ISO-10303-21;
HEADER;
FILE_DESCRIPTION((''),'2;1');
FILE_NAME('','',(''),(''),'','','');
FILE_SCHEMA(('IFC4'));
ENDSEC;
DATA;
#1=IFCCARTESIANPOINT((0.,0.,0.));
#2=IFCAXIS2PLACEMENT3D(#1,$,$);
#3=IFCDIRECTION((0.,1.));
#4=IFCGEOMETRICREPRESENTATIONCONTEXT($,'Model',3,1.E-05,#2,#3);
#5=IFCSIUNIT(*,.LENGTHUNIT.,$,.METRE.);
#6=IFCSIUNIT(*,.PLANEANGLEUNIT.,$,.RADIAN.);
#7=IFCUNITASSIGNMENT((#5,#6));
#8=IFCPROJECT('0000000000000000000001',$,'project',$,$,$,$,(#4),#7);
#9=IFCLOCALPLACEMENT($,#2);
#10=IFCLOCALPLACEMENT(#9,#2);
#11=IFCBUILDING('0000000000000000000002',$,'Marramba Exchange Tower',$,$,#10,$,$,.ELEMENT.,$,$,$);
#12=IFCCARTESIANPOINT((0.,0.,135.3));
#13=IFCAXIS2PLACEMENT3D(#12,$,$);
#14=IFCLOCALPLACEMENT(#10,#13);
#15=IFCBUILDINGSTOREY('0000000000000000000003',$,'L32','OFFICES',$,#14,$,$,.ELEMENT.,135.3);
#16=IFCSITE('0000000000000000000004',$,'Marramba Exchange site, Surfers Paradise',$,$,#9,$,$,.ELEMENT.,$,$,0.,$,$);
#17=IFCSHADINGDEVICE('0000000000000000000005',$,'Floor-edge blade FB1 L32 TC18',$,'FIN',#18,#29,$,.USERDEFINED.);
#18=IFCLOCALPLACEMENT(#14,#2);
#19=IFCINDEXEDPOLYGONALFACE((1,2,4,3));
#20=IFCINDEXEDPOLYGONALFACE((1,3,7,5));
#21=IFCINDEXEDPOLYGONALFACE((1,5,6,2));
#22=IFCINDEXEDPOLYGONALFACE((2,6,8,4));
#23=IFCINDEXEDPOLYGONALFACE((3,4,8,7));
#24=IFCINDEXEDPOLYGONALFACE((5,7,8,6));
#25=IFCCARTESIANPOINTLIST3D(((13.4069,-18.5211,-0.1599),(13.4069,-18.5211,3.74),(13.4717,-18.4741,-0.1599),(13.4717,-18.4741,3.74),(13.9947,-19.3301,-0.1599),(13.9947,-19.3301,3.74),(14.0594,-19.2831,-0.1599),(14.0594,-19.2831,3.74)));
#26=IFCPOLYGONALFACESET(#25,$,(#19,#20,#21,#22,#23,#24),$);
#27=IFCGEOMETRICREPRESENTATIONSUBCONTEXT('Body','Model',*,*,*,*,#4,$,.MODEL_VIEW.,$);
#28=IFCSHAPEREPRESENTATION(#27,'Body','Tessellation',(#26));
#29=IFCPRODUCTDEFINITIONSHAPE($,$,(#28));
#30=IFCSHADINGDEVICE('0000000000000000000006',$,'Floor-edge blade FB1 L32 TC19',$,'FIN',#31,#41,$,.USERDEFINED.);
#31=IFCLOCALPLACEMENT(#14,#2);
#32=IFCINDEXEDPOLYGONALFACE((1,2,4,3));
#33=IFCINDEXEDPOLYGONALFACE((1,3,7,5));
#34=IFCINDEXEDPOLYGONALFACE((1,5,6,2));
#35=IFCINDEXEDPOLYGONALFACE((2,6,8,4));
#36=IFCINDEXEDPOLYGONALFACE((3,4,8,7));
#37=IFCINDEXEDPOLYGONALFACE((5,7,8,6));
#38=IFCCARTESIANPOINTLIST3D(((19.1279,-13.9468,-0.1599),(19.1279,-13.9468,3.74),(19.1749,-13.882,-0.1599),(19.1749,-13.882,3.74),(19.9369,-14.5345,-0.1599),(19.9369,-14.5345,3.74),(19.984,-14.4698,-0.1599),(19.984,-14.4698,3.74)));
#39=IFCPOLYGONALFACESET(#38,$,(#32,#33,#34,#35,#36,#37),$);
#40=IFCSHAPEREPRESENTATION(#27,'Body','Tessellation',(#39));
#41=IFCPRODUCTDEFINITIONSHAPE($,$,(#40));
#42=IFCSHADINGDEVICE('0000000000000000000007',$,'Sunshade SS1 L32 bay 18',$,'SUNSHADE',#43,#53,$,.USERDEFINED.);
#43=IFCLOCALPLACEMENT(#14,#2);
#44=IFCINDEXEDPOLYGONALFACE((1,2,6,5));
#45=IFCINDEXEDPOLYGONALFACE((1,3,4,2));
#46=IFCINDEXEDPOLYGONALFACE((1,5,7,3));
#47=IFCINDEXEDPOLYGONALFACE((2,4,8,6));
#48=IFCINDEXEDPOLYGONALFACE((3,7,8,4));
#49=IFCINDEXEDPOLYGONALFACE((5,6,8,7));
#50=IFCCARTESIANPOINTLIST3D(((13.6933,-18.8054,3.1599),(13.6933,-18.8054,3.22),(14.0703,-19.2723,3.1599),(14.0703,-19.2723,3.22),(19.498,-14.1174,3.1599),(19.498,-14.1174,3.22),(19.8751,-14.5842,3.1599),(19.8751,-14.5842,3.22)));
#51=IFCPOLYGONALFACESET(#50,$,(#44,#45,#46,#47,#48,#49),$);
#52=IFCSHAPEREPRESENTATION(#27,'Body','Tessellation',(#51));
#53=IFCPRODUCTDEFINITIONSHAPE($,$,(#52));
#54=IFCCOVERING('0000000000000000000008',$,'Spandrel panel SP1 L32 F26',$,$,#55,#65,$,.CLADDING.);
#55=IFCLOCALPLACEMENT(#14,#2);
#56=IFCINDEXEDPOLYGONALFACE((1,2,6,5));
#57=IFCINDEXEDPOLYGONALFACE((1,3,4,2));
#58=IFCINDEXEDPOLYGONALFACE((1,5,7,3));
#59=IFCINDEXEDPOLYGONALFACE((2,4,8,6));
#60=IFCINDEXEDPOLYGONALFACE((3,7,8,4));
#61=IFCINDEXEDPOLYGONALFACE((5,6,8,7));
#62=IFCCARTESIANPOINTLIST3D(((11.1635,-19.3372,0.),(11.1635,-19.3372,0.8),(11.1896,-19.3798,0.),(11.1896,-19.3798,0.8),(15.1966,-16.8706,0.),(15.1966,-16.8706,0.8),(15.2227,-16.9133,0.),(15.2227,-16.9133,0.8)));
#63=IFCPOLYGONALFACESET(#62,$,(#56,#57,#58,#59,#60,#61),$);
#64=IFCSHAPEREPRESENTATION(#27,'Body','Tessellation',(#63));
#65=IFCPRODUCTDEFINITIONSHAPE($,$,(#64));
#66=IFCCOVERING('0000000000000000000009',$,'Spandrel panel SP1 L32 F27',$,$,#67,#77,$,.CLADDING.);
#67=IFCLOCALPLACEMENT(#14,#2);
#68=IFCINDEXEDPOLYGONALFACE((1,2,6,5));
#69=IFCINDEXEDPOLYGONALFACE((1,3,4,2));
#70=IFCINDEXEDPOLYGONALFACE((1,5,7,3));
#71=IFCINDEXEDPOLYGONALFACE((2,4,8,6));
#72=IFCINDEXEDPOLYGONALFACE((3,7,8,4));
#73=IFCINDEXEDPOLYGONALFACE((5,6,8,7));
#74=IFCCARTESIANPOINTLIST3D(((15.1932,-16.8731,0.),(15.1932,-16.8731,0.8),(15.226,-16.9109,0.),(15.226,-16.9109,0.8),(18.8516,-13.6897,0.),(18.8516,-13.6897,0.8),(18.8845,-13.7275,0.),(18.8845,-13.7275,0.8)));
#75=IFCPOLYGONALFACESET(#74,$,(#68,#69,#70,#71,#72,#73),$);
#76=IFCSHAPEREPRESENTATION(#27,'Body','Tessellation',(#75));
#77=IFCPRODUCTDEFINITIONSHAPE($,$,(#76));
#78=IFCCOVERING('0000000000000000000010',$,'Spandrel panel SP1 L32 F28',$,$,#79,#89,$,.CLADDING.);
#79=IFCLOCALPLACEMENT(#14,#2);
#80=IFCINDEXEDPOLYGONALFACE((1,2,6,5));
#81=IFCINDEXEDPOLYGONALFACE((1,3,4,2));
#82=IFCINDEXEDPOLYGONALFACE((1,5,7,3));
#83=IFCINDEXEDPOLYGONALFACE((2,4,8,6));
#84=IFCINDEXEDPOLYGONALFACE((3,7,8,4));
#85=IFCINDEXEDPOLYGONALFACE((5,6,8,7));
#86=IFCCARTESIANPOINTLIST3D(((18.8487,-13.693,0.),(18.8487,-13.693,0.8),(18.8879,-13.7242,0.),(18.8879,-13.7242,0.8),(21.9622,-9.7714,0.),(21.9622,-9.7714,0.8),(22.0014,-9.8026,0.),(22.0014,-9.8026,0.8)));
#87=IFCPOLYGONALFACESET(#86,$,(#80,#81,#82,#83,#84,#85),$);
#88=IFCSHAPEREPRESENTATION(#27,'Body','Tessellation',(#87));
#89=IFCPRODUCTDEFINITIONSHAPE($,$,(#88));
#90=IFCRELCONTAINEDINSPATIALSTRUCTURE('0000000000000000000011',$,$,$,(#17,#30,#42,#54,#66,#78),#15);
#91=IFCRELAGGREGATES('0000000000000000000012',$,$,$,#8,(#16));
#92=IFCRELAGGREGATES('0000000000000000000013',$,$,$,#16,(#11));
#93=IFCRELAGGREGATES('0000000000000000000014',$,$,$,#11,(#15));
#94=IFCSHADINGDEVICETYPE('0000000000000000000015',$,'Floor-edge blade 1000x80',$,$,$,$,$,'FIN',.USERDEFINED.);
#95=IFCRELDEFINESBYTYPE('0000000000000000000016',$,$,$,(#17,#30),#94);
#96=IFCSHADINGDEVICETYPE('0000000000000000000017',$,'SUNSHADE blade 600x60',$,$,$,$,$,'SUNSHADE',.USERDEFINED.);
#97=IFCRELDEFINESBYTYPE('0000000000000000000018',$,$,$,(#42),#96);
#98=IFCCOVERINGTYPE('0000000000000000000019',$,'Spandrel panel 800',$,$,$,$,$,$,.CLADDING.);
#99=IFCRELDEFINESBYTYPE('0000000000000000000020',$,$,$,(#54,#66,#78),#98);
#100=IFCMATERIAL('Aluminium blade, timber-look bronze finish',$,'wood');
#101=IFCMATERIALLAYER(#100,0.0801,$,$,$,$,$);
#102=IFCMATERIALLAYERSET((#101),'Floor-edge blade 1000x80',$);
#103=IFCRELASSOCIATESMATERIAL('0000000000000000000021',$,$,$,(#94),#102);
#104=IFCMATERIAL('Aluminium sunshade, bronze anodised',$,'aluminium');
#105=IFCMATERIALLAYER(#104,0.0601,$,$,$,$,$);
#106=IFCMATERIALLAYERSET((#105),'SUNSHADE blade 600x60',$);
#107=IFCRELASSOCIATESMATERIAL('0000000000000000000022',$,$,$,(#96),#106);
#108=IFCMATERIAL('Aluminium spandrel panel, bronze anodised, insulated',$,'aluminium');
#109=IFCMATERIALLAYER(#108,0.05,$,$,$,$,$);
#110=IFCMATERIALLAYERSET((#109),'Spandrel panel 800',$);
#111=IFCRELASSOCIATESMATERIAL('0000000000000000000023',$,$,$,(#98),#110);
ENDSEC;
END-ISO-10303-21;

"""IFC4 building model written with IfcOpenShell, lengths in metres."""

from ifc_helpers import new_model, si_unit, direction, frame, origin, origin_2d, place, context, subcontext, project, spatial, rectangle, extrude, material, layer, layer_set, type_object, element, save


model = new_model("IFC4")

# Units and contexts
model_context = context("Model", 3, precision=1e-05, world=origin(), true_north=direction((0.0, 1.0)))
body_context = subcontext(model_context, "Body", "Model", "MODEL_VIEW")
ifc_project = project(units=[si_unit("LENGTHUNIT", "METRE"), si_unit("PLANEANGLEUNIT", "RADIAN")], contexts=[model_context])

# Site, building, storey
site_placement = place(None, origin())
site = spatial("IfcSite", under=ifc_project, at=site_placement, Name="Marramba Exchange site, Surfers Paradise", CompositionType="ELEMENT", RefElevation=0.0)
building_placement = place(site_placement, origin())
building = spatial("IfcBuilding", under=site, at=building_placement, Name="Marramba Exchange Tower", CompositionType="ELEMENT")
storey_placement = place(building_placement, frame((0.0, 0.0, 135.3)))
storey = spatial("IfcBuildingStorey", under=building, at=storey_placement, Name="L32", Description="OFFICES", CompositionType="ELEMENT", Elevation=135.3)

# Shading devices
ifc_material_1 = material(Name="Aluminium blade, timber-look bronze finish", Category="wood")
ifc_layer_1 = layer(ifc_material_1, 0.0801)
ifc_layer_set_1 = layer_set([ifc_layer_1], Name="Floor-edge blade 1000x80")
shading_device_type_1 = type_object("IfcShadingDeviceType", Name="Floor-edge blade 1000x80", ElementType="FIN", PredefinedType="USERDEFINED", material=ifc_layer_set_1)
for number, where, z_axis, x_axis, name in (
    (1, (13.7332, -18.9021, -0.1599), (0.0, 0.0, 1.0), (0.587785, -0.809017, 0.0), "Floor-edge blade FB1 L32 TC18"),
    (2, (19.5559, -14.2083, -0.1599), (0.0, 0.0, 1.0), (0.809017, -0.587785, 0.0), "Floor-edge blade FB1 L32 TC19"),
):
    element("IfcShadingDevice", number, at=place(storey_placement, frame(where, z_axis=z_axis, x_axis=x_axis)), inside=storey, type_object=shading_device_type_1, Name=name, ObjectType="FIN", PredefinedType="USERDEFINED", context=body_context, shape_type="SweptSolid", body=[
        extrude(rectangle(XDim=1.0, YDim=0.0801, at=origin_2d()), origin(), (0.0, 0.0, 1.0), 3.8999),
    ])
ifc_material_2 = material(Name="Aluminium sunshade, bronze anodised", Category="aluminium")
ifc_layer_2 = layer(ifc_material_2, 0.0601)
ifc_layer_set_2 = layer_set([ifc_layer_2], Name="SUNSHADE blade 600x60")
shading_device_type_2 = type_object("IfcShadingDeviceType", Name="SUNSHADE blade 600x60", ElementType="SUNSHADE", PredefinedType="USERDEFINED", material=ifc_layer_set_2)
shading_device_placement = place(storey_placement, frame((16.7842, -16.6948, 3.1599), z_axis=(0.0, 0.0, 1.0), x_axis=(0.777962, 0.628311, 0.0)))
element("IfcShadingDevice", 3, at=shading_device_placement, inside=storey, type_object=shading_device_type_2, Name="Sunshade SS1 L32 bay 18", ObjectType="SUNSHADE", PredefinedType="USERDEFINED", context=body_context, shape_type="SweptSolid", body=[
    extrude(rectangle(XDim=7.4614, YDim=0.6001, at=origin_2d()), origin(), (0.0, 0.0, 1.0), 0.0601),
])

# Coverings
ifc_material_3 = material(Name="Aluminium spandrel panel, bronze anodised, insulated", Category="aluminium")
ifc_layer_3 = layer(ifc_material_3, 0.05)
ifc_layer_set_3 = layer_set([ifc_layer_3], Name="Spandrel panel 800")
covering_type = type_object("IfcCoveringType", Name="Spandrel panel 800", PredefinedType="CLADDING", material=ifc_layer_set_3)
covering_1_placement = place(storey_placement, frame((13.1931, -18.1252, 0.0), z_axis=(0.0, 0.0, 1.0), x_axis=(0.853109, 0.521733, 0.0)))
element("IfcCovering", 4, at=covering_1_placement, inside=storey, type_object=covering_type, Name="Spandrel panel SP1 L32 F26", PredefinedType="CLADDING", context=body_context, shape_type="SweptSolid", body=[
    extrude(rectangle(XDim=4.7275, YDim=0.05, at=origin_2d()), origin(), (0.0, 0.0, 1.0), 0.8),
])
covering_2_placement = place(storey_placement, frame((17.0388, -15.3003, 0.0), z_axis=(0.0, 0.0, 1.0), x_axis=(0.754386, 0.656432, 0.0)))
element("IfcCovering", 5, at=covering_2_placement, inside=storey, type_object=covering_type, Name="Spandrel panel SP1 L32 F27", PredefinedType="CLADDING", context=body_context, shape_type="SweptSolid", body=[
    extrude(rectangle(XDim=4.8496, YDim=0.05, at=origin_2d()), origin(), (0.0, 0.0, 1.0), 0.8),
])
covering_3_placement = place(storey_placement, frame((20.425, -11.7478, 0.0), z_axis=(0.0, 0.0, 1.0), x_axis=(0.621807, 0.78317, 0.0)))
element("IfcCovering", 6, at=covering_3_placement, inside=storey, type_object=covering_type, Name="Spandrel panel SP1 L32 F28", PredefinedType="CLADDING", context=body_context, shape_type="SweptSolid", body=[
    extrude(rectangle(XDim=5.0073, YDim=0.05, at=origin_2d()), origin(), (0.0, 0.0, 1.0), 0.8),
])

save(model, "model.ifc")
